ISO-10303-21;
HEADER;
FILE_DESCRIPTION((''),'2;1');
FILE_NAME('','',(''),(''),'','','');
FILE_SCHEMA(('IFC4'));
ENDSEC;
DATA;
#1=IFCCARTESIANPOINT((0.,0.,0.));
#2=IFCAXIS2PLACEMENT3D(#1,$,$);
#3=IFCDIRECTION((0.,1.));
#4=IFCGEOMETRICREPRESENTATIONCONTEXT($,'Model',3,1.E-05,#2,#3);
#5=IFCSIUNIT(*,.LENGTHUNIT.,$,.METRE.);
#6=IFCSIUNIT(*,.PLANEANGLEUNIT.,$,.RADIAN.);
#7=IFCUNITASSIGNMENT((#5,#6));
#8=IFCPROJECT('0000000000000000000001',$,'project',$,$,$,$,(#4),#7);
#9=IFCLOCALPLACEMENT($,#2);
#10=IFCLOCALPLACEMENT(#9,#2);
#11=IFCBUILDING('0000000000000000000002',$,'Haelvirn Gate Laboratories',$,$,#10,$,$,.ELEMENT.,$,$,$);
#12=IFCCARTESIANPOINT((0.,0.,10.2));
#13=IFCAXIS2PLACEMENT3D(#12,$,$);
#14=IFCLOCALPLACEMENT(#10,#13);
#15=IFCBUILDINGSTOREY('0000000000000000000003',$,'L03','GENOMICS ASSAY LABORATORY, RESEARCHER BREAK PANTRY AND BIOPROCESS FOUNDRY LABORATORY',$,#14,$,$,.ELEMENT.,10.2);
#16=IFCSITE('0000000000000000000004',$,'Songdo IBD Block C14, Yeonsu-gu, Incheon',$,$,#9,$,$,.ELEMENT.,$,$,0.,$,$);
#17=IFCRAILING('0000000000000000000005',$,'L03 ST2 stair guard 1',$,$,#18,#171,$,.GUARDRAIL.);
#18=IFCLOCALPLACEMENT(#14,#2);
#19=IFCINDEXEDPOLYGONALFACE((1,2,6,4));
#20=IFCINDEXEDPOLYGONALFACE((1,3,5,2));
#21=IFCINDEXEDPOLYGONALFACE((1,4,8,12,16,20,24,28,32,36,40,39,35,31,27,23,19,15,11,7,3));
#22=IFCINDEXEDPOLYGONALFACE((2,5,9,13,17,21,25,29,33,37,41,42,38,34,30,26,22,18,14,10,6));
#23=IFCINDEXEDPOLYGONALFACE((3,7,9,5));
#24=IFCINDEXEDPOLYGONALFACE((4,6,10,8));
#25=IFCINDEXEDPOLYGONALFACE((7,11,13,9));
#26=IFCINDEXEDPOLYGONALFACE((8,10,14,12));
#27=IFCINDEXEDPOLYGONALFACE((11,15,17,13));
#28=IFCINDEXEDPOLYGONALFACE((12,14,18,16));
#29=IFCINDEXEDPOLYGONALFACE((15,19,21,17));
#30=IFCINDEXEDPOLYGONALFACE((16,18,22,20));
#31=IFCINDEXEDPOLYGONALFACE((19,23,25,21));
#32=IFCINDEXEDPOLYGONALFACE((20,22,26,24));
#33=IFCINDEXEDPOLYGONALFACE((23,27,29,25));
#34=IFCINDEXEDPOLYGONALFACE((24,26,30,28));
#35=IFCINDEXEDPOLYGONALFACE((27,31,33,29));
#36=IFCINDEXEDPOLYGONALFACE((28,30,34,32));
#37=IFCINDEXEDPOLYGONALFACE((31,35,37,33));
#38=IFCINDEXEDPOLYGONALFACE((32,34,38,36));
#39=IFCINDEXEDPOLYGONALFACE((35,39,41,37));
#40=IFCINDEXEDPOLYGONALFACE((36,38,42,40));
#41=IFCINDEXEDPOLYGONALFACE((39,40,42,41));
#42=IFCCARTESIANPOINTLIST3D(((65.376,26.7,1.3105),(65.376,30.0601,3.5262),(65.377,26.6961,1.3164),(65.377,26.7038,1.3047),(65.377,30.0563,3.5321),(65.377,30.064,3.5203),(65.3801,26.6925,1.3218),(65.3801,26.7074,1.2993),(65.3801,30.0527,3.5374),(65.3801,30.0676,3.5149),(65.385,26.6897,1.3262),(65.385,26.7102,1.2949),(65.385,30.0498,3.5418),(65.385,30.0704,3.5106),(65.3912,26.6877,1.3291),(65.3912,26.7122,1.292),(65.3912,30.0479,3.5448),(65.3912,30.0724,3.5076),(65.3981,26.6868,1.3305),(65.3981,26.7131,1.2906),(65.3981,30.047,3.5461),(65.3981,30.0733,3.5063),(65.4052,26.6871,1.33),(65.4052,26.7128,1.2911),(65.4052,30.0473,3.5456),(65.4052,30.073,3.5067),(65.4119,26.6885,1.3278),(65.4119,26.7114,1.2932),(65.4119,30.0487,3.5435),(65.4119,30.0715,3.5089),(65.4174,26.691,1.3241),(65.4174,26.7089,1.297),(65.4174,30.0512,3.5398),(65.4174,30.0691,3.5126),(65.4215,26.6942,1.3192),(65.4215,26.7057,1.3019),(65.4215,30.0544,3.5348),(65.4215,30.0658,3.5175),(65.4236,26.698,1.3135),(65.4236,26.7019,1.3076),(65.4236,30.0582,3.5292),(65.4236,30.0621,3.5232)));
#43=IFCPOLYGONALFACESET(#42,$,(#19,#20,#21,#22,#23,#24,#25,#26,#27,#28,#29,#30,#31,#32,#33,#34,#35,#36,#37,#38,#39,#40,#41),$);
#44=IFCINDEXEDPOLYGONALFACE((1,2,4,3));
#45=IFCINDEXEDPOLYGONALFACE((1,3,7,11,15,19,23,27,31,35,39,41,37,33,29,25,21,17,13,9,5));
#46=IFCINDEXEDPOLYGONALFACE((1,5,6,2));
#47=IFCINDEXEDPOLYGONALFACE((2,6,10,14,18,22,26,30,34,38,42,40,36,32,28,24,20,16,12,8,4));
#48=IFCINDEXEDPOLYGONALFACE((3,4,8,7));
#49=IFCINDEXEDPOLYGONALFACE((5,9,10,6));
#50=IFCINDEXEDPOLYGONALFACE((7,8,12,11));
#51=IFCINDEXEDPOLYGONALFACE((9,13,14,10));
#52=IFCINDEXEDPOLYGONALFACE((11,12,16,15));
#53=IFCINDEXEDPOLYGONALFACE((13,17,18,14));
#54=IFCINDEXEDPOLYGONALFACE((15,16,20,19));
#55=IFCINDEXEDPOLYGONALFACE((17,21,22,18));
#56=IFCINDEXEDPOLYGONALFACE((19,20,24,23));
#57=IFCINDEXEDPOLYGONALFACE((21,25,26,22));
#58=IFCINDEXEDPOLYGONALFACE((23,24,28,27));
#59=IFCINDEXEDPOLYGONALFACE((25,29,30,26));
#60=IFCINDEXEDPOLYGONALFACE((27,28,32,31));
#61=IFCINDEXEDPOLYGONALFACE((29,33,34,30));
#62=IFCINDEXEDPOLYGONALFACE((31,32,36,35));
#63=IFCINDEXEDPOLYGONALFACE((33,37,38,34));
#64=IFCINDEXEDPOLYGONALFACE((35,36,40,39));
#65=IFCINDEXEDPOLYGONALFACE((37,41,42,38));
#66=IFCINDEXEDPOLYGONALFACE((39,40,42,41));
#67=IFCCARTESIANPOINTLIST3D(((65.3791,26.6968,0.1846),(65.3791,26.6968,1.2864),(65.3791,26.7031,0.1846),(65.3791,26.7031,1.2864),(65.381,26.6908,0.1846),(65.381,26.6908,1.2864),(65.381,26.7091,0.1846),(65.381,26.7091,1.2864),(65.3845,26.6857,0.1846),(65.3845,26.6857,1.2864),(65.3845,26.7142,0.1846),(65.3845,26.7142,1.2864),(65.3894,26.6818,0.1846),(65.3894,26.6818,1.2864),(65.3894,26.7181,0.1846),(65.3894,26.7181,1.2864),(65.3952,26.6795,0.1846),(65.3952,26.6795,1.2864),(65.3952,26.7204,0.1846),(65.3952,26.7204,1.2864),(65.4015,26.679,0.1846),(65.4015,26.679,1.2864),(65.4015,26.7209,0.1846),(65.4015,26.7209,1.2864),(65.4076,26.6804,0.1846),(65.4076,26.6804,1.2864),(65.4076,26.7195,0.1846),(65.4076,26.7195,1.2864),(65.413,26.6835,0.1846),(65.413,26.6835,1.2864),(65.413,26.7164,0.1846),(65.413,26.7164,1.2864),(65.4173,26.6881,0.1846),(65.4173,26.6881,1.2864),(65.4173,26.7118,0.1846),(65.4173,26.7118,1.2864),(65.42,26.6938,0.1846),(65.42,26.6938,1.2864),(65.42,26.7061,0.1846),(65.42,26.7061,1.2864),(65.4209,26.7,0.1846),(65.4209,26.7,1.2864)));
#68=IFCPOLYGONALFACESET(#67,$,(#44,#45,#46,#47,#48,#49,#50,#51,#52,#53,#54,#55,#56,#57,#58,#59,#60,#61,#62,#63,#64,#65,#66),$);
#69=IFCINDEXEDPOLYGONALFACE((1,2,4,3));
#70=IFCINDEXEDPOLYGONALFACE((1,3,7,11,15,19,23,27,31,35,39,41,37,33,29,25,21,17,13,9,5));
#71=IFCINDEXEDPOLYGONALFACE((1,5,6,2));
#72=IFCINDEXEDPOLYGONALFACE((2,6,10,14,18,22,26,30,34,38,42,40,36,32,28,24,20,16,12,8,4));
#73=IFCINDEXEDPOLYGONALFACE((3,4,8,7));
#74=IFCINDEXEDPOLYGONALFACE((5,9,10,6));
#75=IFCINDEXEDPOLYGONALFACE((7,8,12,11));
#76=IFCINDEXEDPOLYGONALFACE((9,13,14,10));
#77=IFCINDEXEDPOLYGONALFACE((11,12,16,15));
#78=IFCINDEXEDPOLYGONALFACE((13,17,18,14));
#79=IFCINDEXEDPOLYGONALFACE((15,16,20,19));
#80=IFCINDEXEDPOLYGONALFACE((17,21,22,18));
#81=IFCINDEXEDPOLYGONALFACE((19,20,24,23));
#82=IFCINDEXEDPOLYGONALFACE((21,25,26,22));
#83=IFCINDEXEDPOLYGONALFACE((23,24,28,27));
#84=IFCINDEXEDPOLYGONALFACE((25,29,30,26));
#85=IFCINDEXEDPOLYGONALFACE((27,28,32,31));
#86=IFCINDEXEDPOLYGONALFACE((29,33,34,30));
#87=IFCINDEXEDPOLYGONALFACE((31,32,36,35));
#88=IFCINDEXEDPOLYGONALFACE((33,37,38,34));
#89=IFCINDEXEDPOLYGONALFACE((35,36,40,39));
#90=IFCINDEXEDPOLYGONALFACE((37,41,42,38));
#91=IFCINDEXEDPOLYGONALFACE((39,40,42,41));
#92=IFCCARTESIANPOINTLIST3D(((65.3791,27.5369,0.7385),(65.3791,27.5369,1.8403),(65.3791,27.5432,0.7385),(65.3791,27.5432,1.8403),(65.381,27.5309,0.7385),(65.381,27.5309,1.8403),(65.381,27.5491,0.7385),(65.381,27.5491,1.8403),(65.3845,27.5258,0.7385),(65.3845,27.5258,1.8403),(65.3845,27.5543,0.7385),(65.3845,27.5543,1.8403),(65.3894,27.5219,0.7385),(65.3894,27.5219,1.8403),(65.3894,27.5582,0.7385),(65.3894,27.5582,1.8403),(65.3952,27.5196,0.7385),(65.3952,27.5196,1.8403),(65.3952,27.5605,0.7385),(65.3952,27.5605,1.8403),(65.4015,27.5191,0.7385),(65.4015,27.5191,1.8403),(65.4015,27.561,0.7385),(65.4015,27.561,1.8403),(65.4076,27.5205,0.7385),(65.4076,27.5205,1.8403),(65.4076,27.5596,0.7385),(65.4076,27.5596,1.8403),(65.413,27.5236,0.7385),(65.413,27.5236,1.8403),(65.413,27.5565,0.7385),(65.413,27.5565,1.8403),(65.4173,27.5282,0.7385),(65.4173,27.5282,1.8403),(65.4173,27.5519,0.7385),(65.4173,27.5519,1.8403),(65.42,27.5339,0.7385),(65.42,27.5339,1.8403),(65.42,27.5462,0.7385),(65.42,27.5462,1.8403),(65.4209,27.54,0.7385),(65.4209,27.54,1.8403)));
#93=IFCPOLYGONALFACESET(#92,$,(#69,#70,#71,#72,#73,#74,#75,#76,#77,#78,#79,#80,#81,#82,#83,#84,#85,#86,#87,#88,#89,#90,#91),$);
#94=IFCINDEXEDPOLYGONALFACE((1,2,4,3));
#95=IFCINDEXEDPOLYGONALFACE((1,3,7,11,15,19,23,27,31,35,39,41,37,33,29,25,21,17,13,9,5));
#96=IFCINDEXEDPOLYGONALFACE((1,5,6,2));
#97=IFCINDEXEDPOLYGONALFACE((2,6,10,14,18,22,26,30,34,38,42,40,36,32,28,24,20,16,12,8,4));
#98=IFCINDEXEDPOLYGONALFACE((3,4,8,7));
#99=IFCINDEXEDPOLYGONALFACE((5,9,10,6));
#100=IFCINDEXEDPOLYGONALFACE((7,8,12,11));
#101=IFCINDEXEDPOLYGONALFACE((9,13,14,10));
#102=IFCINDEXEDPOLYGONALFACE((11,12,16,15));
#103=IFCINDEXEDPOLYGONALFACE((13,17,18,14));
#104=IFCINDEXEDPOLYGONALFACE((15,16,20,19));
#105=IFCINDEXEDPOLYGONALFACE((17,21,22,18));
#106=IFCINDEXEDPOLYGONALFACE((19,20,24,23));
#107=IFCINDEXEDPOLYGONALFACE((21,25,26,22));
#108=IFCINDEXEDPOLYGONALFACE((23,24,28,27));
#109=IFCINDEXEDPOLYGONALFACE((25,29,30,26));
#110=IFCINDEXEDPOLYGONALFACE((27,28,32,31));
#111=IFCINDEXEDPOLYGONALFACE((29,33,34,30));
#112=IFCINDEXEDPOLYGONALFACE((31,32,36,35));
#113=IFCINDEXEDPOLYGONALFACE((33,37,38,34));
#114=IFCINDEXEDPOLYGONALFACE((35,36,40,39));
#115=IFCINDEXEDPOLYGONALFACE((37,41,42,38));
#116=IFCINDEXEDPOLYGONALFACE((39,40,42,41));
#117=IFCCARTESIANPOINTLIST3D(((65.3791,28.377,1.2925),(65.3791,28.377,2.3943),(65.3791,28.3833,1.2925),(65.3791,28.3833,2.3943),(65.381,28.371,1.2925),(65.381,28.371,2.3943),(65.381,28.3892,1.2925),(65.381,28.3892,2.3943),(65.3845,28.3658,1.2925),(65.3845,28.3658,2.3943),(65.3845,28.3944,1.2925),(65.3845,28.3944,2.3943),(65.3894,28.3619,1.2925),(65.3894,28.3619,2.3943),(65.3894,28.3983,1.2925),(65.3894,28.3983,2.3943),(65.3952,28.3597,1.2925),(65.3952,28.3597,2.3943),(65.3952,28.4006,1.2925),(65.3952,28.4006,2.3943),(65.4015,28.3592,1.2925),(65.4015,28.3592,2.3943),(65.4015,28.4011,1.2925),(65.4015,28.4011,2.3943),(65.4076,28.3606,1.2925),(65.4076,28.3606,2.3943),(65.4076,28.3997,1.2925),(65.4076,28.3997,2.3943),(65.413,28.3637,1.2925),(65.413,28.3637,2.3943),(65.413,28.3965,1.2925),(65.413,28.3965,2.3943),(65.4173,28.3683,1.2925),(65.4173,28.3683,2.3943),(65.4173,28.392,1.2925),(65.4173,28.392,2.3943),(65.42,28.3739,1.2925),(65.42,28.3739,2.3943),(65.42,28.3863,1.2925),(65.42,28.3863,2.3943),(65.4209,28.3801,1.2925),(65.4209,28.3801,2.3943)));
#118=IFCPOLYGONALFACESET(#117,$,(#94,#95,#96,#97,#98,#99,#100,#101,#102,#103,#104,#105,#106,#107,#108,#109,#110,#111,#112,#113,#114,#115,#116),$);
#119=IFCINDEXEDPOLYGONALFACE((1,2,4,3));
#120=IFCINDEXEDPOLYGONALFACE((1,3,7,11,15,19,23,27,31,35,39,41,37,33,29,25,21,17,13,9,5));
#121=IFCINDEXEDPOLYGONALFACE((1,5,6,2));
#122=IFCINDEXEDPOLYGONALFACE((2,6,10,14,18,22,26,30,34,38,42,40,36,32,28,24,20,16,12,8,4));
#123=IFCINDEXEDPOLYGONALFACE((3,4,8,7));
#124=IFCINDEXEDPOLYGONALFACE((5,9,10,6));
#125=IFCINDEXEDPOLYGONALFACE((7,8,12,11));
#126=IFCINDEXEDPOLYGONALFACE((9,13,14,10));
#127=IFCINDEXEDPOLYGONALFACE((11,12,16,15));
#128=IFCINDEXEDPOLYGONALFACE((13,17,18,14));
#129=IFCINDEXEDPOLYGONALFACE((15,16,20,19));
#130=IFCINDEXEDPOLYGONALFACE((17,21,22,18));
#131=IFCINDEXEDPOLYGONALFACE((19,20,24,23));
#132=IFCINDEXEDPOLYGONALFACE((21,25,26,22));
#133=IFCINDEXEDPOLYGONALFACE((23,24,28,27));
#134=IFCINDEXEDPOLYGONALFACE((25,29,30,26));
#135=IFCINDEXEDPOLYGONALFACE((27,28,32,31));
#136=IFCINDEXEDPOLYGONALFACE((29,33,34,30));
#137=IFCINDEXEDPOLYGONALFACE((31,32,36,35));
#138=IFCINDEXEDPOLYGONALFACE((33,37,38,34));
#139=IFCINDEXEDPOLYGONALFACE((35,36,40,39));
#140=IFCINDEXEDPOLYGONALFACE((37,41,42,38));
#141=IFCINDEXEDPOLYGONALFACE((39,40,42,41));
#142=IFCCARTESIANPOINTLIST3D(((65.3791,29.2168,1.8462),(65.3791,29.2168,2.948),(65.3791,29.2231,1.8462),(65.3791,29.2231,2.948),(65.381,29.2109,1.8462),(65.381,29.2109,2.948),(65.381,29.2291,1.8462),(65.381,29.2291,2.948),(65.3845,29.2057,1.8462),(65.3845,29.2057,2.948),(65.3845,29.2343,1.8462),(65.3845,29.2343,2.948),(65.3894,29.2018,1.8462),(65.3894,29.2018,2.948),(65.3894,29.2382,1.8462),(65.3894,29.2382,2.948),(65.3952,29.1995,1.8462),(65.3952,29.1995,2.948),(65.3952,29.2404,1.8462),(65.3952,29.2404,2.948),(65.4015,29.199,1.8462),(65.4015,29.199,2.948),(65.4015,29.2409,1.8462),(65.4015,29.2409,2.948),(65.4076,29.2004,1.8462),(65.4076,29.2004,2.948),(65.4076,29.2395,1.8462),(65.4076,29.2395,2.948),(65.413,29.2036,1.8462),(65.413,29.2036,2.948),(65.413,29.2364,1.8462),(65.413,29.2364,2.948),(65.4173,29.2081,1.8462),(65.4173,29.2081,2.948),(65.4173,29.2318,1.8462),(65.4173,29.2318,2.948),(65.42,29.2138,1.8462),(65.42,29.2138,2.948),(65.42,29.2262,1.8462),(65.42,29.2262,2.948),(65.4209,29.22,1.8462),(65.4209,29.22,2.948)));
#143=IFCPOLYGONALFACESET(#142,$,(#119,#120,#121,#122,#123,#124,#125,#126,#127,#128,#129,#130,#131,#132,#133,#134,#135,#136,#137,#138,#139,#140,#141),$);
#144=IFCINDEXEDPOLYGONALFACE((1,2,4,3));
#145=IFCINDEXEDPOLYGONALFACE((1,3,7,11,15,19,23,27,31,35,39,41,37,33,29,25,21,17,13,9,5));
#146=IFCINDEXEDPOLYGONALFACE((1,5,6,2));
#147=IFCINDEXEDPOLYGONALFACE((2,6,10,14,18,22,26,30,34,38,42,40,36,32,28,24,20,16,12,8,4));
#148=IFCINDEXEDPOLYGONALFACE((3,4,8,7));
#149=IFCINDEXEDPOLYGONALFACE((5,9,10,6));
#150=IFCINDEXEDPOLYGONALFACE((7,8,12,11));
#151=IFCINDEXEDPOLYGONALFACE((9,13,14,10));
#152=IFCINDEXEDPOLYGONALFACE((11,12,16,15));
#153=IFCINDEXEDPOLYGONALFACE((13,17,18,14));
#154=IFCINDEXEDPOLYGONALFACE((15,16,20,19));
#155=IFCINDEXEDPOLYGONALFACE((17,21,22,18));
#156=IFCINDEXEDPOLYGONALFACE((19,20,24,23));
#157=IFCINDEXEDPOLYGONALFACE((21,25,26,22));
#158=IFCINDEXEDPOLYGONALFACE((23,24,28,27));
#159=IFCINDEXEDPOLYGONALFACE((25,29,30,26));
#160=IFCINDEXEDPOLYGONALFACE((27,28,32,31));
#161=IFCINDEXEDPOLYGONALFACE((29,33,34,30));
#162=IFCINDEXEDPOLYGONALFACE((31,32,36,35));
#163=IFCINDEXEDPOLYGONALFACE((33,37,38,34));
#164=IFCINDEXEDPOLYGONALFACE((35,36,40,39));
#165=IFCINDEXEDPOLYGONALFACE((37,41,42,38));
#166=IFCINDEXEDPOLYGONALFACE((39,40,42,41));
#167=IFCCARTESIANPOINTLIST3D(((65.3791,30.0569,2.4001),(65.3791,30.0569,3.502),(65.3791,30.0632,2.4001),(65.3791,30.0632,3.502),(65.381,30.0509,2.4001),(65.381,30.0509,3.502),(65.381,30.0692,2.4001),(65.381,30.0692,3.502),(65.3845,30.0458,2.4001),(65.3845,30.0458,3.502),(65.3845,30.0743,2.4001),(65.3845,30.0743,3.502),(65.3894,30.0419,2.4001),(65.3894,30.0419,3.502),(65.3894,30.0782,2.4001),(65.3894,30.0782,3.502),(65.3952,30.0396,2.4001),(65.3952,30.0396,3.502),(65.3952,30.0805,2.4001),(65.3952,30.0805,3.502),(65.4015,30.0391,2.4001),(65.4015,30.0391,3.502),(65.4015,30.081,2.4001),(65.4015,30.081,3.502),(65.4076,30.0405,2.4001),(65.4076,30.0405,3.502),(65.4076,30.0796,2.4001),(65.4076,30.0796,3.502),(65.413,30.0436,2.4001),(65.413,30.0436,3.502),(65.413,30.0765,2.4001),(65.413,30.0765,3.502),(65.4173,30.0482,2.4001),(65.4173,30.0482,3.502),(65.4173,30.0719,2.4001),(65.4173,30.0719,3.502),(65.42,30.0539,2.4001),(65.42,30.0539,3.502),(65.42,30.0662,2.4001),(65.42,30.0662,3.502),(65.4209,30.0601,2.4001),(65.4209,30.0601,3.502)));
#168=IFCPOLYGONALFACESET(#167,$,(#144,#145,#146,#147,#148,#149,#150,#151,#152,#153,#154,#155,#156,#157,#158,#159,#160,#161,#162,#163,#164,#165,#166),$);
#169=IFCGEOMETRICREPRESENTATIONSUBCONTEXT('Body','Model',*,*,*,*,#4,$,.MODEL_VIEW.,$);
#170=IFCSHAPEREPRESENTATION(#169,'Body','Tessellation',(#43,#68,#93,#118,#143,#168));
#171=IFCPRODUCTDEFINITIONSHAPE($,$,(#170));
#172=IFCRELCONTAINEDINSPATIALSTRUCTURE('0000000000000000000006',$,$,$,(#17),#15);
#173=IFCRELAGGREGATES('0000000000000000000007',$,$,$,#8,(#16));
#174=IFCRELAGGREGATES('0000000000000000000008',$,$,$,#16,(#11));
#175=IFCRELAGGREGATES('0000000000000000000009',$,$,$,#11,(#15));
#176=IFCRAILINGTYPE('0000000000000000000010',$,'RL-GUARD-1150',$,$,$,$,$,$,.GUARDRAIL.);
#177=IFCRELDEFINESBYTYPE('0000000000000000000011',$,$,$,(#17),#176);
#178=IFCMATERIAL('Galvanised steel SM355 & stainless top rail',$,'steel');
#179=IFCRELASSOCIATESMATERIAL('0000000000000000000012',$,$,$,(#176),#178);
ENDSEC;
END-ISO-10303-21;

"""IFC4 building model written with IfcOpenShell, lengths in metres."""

from ifc_helpers import new_model, si_unit, direction, frame, origin, origin_2d, place, context, subcontext, project, spatial, circle, extrude, source, transform, mapped, material, type_object, element, save


model = new_model("IFC4")

# Units and contexts
model_context = context("Model", 3, precision=1e-05, world=origin(), true_north=direction((0.0, 1.0)))
body_context = subcontext(model_context, "Body", "Model", "MODEL_VIEW")
ifc_project = project(units=[si_unit("LENGTHUNIT", "METRE"), si_unit("PLANEANGLEUNIT", "RADIAN")], contexts=[model_context])

# Site, building, storey
site_placement = place(None, origin())
site = spatial("IfcSite", under=ifc_project, at=site_placement, Name="Songdo IBD Block C14, Yeonsu-gu, Incheon", CompositionType="ELEMENT", RefElevation=0.0)
building_placement = place(site_placement, origin())
building = spatial("IfcBuilding", under=site, at=building_placement, Name="Haelvirn Gate Laboratories", CompositionType="ELEMENT")
storey_placement = place(building_placement, frame((0.0, 0.0, 10.2)))
storey = spatial("IfcBuildingStorey", under=building, at=storey_placement, Name="L03", Description="GENOMICS ASSAY LABORATORY, RESEARCHER BREAK PANTRY AND BIOPROCESS FOUNDRY LABORATORY", CompositionType="ELEMENT", Elevation=10.2)

# Railing
ifc_material_1 = material(Name="Galvanised steel SM355 & stainless top rail", Category="steel")
railing_type_1 = type_object("IfcRailingType", Name="RL-GUARD-1150", PredefinedType="GUARDRAIL", material=ifc_material_1)
shared_shape_1 = source(origin(), body_context, "Body", "SweptSolid", [
    extrude(circle(Radius=0.0239, at=origin_2d()), frame((0.0, 0.0, 1.126), z_axis=(0.0, 0.834849, 0.55048), x_axis=(-1.0, 0.0, 0.0)), (0.0, 0.0, 1.0), 4.0249),
    extrude(circle(Radius=0.021, at=origin_2d()), origin(), (0.0, 0.0, 1.0), 1.1018),
    extrude(circle(Radius=0.021, at=origin_2d()), frame((0.0, 0.8401, 0.554)), (0.0, 0.0, 1.0), 1.1018),
    extrude(circle(Radius=0.021, at=origin_2d()), frame((0.0, 1.6802, 1.1079)), (0.0, 0.0, 1.0), 1.1018),
    extrude(circle(Radius=0.021, at=origin_2d()), frame((0.0, 2.52, 1.6616)), (0.0, 0.0, 1.0), 1.1018),
    extrude(circle(Radius=0.021, at=origin_2d()), frame((0.0, 3.3601, 2.2156)), (0.0, 0.0, 1.0), 1.1018),
])
railing_1_placement = place(storey_placement, frame((65.3999, 26.7, 0.1846)))
element("IfcRailing", 1, at=railing_1_placement, inside=storey, type_object=railing_type_1, Name="L03 ST2 stair guard 1", PredefinedType="GUARDRAIL", context=body_context, shape_type="MappedRepresentation", body=[
    mapped(shared_shape_1, transform((0.0, 0.0, 0.0), scale=1.0)),
])

save(model, "model.ifc")
